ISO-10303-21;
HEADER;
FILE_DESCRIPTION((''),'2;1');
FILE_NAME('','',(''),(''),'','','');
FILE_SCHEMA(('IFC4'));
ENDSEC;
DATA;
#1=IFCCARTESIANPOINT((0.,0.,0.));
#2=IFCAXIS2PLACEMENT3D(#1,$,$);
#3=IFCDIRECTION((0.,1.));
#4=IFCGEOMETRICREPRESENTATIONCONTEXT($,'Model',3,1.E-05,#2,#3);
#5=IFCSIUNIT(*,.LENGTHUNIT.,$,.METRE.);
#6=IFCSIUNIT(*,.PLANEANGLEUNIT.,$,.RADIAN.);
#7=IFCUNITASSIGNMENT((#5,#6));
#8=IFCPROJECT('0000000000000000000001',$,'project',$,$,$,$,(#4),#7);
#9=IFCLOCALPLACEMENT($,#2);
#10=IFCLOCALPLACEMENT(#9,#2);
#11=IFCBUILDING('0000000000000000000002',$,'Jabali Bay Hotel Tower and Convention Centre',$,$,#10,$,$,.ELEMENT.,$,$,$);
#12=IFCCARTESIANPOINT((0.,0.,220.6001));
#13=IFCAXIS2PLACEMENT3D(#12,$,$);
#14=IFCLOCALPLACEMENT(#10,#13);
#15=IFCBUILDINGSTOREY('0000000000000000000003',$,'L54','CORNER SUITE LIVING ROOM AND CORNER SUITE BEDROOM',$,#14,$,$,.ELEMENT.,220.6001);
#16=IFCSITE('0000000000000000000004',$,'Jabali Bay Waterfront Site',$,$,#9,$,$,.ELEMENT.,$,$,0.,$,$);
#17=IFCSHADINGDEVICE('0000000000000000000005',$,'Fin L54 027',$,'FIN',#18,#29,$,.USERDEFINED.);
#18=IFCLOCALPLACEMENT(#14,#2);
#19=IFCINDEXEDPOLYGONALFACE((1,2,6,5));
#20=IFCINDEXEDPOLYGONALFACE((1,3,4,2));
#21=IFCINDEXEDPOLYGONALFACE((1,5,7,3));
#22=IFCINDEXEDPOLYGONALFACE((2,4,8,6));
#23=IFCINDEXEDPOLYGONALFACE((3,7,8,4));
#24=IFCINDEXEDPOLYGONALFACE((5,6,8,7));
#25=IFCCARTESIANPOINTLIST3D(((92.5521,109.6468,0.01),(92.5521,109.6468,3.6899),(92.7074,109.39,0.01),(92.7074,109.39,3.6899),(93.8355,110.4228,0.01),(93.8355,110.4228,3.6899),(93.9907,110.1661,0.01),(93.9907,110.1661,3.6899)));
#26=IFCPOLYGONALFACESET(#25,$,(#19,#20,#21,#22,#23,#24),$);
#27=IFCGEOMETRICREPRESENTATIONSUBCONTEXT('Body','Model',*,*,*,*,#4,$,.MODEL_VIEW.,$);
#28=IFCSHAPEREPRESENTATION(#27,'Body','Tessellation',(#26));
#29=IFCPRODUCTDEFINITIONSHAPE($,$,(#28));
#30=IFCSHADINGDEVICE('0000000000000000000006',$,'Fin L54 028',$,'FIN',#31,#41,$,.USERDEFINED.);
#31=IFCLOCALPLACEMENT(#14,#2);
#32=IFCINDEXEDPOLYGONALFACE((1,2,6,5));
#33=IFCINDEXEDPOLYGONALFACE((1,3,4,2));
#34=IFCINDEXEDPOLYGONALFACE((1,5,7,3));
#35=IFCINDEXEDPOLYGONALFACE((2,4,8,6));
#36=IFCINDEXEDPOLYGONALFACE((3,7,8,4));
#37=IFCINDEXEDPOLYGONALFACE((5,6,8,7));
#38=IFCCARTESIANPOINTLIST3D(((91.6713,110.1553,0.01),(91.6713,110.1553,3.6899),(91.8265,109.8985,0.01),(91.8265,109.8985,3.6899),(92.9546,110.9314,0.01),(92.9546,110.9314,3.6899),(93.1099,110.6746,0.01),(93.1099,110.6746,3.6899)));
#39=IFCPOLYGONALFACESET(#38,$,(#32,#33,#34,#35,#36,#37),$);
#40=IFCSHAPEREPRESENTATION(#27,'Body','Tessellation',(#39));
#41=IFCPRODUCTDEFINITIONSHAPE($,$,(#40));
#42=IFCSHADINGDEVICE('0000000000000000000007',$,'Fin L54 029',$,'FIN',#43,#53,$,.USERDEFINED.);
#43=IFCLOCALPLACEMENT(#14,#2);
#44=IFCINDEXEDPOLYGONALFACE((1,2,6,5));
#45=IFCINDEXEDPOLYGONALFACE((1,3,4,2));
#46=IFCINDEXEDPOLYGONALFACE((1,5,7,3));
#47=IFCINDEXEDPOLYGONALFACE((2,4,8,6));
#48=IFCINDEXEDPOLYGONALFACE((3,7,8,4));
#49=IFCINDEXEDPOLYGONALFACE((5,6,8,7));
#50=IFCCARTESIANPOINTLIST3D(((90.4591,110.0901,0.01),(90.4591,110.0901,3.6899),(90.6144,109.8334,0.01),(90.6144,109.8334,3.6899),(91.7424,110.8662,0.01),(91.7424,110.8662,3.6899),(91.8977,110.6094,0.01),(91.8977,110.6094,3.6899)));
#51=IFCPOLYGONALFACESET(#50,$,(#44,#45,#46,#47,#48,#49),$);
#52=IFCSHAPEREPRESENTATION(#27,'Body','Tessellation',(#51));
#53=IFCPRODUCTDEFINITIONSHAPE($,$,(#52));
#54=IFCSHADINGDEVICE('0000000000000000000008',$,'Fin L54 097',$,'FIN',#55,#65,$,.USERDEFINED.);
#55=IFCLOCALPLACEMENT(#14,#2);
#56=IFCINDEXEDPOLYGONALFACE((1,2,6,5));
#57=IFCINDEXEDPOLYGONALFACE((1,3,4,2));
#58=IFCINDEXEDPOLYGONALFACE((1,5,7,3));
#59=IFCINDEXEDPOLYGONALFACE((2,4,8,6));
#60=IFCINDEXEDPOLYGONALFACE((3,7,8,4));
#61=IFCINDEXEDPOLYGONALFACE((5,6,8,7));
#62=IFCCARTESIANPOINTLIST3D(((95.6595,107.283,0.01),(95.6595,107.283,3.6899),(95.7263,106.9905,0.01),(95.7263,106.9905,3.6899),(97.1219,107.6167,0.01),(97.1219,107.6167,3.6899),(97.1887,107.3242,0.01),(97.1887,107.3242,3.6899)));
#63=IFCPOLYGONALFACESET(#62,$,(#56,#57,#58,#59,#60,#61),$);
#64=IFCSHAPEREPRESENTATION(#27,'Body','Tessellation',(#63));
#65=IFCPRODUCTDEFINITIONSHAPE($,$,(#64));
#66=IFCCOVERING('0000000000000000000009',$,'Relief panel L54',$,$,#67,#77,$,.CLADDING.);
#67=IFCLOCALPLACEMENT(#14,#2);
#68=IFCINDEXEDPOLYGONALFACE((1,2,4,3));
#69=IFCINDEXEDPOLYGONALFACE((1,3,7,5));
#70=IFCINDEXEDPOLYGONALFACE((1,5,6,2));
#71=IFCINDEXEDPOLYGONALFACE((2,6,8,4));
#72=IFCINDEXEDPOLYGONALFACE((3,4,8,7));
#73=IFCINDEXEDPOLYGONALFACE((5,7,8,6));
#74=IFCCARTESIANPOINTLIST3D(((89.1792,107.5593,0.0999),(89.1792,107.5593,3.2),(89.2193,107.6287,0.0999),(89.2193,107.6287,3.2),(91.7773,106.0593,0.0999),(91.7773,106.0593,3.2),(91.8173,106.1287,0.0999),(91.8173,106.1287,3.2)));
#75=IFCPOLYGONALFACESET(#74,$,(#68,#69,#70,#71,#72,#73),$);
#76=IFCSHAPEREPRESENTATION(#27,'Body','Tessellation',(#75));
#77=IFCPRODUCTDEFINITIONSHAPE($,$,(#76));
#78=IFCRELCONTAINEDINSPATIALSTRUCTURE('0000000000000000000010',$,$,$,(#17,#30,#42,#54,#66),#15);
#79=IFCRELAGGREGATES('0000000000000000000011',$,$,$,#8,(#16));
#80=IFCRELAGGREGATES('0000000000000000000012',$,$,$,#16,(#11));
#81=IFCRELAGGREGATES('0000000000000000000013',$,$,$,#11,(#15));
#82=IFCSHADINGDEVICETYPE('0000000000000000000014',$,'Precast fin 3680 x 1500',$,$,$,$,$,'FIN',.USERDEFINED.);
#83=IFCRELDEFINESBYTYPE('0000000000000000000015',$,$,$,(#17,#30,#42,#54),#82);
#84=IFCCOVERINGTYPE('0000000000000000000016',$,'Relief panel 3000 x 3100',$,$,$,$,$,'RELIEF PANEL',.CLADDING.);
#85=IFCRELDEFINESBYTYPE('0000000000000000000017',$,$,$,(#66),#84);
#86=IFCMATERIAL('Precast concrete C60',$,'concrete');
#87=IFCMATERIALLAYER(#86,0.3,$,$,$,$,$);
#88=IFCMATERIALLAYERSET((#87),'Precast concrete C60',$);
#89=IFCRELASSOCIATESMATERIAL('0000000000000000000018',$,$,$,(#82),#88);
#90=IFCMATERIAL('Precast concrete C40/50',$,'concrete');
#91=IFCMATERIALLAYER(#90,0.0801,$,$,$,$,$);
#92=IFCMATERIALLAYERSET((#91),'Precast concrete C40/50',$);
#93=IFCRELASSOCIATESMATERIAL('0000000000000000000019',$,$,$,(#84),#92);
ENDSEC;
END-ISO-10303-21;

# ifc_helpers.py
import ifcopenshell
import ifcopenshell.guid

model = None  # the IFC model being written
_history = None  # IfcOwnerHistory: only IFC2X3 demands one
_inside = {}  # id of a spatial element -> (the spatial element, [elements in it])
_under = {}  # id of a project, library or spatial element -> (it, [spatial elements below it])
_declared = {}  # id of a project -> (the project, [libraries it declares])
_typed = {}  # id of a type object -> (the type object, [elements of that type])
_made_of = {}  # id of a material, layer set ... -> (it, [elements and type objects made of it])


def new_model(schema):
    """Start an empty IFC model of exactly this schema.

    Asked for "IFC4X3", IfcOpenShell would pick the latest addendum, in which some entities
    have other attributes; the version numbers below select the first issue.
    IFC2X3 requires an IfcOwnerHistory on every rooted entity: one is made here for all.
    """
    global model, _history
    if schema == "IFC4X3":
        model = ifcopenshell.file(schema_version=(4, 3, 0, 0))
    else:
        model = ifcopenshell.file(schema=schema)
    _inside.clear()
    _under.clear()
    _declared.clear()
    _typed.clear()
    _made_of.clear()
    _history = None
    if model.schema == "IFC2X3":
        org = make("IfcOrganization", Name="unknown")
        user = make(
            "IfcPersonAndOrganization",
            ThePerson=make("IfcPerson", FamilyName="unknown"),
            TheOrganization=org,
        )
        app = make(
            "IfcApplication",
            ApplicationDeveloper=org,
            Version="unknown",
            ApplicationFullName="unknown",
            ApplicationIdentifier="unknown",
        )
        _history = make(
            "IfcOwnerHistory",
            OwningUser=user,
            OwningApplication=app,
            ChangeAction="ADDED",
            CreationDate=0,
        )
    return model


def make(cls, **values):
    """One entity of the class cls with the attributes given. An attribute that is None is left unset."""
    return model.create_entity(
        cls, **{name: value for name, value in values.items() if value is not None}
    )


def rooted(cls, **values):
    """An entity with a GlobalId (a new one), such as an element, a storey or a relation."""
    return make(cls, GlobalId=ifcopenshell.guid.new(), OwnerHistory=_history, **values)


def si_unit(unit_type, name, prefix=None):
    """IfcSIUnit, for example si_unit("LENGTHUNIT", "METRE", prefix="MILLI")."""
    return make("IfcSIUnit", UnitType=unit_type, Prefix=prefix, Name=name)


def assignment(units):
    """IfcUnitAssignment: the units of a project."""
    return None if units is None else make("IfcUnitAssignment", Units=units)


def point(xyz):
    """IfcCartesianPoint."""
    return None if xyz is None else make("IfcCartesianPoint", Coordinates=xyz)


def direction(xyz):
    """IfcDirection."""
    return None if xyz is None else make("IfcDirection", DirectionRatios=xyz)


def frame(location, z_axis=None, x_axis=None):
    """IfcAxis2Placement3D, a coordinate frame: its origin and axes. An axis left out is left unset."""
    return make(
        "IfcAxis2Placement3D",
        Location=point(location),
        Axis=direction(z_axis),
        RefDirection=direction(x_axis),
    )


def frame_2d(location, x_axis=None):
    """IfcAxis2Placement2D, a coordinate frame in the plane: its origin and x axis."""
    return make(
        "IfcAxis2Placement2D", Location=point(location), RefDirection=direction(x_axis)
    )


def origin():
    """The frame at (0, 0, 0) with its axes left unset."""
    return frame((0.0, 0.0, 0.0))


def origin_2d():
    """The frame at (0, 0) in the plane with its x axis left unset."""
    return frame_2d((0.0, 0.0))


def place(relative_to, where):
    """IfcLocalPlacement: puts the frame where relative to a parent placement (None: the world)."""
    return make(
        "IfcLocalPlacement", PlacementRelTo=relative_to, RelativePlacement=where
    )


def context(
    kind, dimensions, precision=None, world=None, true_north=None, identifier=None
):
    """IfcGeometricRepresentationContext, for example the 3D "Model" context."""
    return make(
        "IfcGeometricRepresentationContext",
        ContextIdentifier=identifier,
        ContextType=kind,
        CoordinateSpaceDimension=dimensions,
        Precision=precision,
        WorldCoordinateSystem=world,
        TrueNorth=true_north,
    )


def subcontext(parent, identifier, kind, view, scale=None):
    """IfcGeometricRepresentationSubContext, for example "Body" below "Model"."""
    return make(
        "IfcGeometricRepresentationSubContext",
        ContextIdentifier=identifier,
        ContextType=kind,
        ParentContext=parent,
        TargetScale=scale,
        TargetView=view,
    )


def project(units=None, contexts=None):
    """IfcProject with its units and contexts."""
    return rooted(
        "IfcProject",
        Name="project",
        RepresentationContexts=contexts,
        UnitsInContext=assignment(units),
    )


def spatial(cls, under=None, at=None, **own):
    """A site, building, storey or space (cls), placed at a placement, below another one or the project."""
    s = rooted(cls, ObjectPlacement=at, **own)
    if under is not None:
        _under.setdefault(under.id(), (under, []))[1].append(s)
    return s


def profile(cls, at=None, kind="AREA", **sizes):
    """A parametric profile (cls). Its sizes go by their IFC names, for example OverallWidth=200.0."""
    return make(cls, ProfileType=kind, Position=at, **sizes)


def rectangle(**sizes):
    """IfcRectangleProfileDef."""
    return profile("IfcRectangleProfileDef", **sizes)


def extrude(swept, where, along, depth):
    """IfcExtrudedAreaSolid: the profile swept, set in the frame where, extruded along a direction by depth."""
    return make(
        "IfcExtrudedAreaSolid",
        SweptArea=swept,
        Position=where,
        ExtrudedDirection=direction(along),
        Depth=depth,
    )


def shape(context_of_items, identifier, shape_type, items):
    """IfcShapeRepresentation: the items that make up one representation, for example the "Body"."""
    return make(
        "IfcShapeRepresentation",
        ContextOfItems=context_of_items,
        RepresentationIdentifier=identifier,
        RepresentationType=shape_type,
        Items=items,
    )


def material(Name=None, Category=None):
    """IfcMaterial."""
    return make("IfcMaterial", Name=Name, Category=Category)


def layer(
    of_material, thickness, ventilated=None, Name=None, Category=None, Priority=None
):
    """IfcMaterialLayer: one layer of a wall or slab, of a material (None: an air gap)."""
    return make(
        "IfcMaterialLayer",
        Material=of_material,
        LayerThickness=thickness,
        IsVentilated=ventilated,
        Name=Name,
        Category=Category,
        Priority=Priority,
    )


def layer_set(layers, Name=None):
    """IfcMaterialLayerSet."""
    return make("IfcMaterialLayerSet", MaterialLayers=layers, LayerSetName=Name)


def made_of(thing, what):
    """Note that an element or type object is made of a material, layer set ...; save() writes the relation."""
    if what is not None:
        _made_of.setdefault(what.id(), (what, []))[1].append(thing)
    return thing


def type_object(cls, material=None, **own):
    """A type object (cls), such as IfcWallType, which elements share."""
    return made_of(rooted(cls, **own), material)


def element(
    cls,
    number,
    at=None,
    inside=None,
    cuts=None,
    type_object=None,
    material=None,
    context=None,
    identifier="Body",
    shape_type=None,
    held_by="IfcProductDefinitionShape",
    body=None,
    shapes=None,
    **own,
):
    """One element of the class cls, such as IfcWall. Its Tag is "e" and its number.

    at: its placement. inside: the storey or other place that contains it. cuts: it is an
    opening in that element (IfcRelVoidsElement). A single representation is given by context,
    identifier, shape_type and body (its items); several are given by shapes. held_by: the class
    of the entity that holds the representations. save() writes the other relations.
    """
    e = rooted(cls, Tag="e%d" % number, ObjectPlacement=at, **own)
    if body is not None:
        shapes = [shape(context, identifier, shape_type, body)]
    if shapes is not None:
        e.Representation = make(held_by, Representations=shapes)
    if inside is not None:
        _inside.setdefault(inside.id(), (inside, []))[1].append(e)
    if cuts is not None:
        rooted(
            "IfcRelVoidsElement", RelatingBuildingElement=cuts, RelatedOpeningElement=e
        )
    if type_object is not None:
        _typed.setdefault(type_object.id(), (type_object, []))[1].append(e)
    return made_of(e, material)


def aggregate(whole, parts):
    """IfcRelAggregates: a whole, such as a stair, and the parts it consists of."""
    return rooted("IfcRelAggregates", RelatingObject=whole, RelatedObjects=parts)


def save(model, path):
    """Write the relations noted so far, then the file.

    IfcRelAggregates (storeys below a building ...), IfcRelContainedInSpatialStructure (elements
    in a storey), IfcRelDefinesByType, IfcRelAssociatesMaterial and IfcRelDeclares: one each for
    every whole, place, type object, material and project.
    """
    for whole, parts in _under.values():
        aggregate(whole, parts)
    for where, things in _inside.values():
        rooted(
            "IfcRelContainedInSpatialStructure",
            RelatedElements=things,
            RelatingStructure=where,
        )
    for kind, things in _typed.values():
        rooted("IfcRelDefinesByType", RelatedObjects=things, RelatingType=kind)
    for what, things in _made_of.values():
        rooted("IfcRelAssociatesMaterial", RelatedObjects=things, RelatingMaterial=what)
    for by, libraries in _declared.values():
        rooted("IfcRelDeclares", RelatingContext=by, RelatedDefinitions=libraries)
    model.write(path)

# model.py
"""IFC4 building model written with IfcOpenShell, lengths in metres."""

from ifc_helpers import new_model, si_unit, direction, frame, frame_2d, origin, origin_2d, place, context, subcontext, project, spatial, rectangle, extrude, material, layer, layer_set, type_object, element, save


model = new_model("IFC4")

# Units and contexts
model_context = context("Model", 3, precision=1e-05, world=origin(), true_north=direction((0.0, 1.0)))
body_context = subcontext(model_context, "Body", "Model", "MODEL_VIEW")
ifc_project = project(units=[si_unit("LENGTHUNIT", "METRE"), si_unit("PLANEANGLEUNIT", "RADIAN")], contexts=[model_context])

# Site, building, storey
site_placement = place(None, origin())
site = spatial("IfcSite", under=ifc_project, at=site_placement, Name="Jabali Bay Waterfront Site", CompositionType="ELEMENT", RefElevation=0.0)
building_placement = place(site_placement, origin())
building = spatial("IfcBuilding", under=site, at=building_placement, Name="Jabali Bay Hotel Tower and Convention Centre", CompositionType="ELEMENT")
storey_placement = place(building_placement, frame((0.0, 0.0, 220.6001)))
storey = spatial("IfcBuildingStorey", under=building, at=storey_placement, Name="L54", Description="CORNER SUITE LIVING ROOM AND CORNER SUITE BEDROOM", CompositionType="ELEMENT", Elevation=220.6001)

# Shading devices
ifc_material_1 = material(Name="Precast concrete C60", Category="concrete")
ifc_layer_1 = layer(ifc_material_1, 0.3)
ifc_layer_set_1 = layer_set([ifc_layer_1], Name="Precast concrete C60")
shading_device_type = type_object("IfcShadingDeviceType", Name="Precast fin 3680 x 1500", ElementType="FIN", PredefinedType="USERDEFINED", material=ifc_layer_set_1)
for number, where, z_axis, x_axis, name in (
    (1, (92.6296, 109.5183, 0.01), (0.0, 0.0, 1.0), (0.855707, 0.517461, 0.0), "Fin L54 027"),
    (2, (91.7488, 110.0269, 0.01), (0.0, 0.0, 1.0), (0.855707, 0.517461, 0.0), "Fin L54 028"),
    (3, (90.5366, 109.9617, 0.01), (0.0, 0.0, 1.0), (0.855707, 0.517461, 0.0), "Fin L54 029"),
):
    element("IfcShadingDevice", number, at=place(storey_placement, frame(where, z_axis=z_axis, x_axis=x_axis)), inside=storey, type_object=shading_device_type, Name=name, ObjectType="FIN", PredefinedType="USERDEFINED", context=body_context, shape_type="SweptSolid", body=[
        extrude(rectangle(XDim=1.4998, YDim=0.3, at=frame_2d((0.75, 0.0))), origin(), (0.0, 0.0, 1.0), 3.6799),
    ])
shading_device_1_placement = place(storey_placement, frame((95.6929, 107.1367, 0.01), z_axis=(0.0, 0.0, 1.0), x_axis=(0.974934, 0.222493, 0.0)))
element("IfcShadingDevice", 4, at=shading_device_1_placement, inside=storey, type_object=shading_device_type, Name="Fin L54 097", ObjectType="FIN", PredefinedType="USERDEFINED", context=body_context, shape_type="SweptSolid", body=[
    extrude(rectangle(XDim=1.5, YDim=0.3, at=frame_2d((0.75, 0.0))), origin(), (0.0, 0.0, 1.0), 3.6799),
])

# Covering
ifc_material_2 = material(Name="Precast concrete C40/50", Category="concrete")
ifc_layer_2 = layer(ifc_material_2, 0.0801)
ifc_layer_set_2 = layer_set([ifc_layer_2], Name="Precast concrete C40/50")
covering_type = type_object("IfcCoveringType", Name="Relief panel 3000 x 3100", ElementType="RELIEF PANEL", PredefinedType="CLADDING", material=ifc_layer_set_2)
covering_placement = place(storey_placement, frame((90.4983, 106.844, 0.0999), z_axis=(0.0, 0.0, 1.0), x_axis=(0.866025, -0.5, 0.0)))
element("IfcCovering", 5, at=covering_placement, inside=storey, type_object=covering_type, Name="Relief panel L54", PredefinedType="CLADDING", context=body_context, shape_type="SweptSolid", body=[
    extrude(rectangle(XDim=3.0, YDim=0.0801, at=origin_2d()), origin(), (0.0, 0.0, 1.0), 3.1001),
])

save(model, "model.ifc")
